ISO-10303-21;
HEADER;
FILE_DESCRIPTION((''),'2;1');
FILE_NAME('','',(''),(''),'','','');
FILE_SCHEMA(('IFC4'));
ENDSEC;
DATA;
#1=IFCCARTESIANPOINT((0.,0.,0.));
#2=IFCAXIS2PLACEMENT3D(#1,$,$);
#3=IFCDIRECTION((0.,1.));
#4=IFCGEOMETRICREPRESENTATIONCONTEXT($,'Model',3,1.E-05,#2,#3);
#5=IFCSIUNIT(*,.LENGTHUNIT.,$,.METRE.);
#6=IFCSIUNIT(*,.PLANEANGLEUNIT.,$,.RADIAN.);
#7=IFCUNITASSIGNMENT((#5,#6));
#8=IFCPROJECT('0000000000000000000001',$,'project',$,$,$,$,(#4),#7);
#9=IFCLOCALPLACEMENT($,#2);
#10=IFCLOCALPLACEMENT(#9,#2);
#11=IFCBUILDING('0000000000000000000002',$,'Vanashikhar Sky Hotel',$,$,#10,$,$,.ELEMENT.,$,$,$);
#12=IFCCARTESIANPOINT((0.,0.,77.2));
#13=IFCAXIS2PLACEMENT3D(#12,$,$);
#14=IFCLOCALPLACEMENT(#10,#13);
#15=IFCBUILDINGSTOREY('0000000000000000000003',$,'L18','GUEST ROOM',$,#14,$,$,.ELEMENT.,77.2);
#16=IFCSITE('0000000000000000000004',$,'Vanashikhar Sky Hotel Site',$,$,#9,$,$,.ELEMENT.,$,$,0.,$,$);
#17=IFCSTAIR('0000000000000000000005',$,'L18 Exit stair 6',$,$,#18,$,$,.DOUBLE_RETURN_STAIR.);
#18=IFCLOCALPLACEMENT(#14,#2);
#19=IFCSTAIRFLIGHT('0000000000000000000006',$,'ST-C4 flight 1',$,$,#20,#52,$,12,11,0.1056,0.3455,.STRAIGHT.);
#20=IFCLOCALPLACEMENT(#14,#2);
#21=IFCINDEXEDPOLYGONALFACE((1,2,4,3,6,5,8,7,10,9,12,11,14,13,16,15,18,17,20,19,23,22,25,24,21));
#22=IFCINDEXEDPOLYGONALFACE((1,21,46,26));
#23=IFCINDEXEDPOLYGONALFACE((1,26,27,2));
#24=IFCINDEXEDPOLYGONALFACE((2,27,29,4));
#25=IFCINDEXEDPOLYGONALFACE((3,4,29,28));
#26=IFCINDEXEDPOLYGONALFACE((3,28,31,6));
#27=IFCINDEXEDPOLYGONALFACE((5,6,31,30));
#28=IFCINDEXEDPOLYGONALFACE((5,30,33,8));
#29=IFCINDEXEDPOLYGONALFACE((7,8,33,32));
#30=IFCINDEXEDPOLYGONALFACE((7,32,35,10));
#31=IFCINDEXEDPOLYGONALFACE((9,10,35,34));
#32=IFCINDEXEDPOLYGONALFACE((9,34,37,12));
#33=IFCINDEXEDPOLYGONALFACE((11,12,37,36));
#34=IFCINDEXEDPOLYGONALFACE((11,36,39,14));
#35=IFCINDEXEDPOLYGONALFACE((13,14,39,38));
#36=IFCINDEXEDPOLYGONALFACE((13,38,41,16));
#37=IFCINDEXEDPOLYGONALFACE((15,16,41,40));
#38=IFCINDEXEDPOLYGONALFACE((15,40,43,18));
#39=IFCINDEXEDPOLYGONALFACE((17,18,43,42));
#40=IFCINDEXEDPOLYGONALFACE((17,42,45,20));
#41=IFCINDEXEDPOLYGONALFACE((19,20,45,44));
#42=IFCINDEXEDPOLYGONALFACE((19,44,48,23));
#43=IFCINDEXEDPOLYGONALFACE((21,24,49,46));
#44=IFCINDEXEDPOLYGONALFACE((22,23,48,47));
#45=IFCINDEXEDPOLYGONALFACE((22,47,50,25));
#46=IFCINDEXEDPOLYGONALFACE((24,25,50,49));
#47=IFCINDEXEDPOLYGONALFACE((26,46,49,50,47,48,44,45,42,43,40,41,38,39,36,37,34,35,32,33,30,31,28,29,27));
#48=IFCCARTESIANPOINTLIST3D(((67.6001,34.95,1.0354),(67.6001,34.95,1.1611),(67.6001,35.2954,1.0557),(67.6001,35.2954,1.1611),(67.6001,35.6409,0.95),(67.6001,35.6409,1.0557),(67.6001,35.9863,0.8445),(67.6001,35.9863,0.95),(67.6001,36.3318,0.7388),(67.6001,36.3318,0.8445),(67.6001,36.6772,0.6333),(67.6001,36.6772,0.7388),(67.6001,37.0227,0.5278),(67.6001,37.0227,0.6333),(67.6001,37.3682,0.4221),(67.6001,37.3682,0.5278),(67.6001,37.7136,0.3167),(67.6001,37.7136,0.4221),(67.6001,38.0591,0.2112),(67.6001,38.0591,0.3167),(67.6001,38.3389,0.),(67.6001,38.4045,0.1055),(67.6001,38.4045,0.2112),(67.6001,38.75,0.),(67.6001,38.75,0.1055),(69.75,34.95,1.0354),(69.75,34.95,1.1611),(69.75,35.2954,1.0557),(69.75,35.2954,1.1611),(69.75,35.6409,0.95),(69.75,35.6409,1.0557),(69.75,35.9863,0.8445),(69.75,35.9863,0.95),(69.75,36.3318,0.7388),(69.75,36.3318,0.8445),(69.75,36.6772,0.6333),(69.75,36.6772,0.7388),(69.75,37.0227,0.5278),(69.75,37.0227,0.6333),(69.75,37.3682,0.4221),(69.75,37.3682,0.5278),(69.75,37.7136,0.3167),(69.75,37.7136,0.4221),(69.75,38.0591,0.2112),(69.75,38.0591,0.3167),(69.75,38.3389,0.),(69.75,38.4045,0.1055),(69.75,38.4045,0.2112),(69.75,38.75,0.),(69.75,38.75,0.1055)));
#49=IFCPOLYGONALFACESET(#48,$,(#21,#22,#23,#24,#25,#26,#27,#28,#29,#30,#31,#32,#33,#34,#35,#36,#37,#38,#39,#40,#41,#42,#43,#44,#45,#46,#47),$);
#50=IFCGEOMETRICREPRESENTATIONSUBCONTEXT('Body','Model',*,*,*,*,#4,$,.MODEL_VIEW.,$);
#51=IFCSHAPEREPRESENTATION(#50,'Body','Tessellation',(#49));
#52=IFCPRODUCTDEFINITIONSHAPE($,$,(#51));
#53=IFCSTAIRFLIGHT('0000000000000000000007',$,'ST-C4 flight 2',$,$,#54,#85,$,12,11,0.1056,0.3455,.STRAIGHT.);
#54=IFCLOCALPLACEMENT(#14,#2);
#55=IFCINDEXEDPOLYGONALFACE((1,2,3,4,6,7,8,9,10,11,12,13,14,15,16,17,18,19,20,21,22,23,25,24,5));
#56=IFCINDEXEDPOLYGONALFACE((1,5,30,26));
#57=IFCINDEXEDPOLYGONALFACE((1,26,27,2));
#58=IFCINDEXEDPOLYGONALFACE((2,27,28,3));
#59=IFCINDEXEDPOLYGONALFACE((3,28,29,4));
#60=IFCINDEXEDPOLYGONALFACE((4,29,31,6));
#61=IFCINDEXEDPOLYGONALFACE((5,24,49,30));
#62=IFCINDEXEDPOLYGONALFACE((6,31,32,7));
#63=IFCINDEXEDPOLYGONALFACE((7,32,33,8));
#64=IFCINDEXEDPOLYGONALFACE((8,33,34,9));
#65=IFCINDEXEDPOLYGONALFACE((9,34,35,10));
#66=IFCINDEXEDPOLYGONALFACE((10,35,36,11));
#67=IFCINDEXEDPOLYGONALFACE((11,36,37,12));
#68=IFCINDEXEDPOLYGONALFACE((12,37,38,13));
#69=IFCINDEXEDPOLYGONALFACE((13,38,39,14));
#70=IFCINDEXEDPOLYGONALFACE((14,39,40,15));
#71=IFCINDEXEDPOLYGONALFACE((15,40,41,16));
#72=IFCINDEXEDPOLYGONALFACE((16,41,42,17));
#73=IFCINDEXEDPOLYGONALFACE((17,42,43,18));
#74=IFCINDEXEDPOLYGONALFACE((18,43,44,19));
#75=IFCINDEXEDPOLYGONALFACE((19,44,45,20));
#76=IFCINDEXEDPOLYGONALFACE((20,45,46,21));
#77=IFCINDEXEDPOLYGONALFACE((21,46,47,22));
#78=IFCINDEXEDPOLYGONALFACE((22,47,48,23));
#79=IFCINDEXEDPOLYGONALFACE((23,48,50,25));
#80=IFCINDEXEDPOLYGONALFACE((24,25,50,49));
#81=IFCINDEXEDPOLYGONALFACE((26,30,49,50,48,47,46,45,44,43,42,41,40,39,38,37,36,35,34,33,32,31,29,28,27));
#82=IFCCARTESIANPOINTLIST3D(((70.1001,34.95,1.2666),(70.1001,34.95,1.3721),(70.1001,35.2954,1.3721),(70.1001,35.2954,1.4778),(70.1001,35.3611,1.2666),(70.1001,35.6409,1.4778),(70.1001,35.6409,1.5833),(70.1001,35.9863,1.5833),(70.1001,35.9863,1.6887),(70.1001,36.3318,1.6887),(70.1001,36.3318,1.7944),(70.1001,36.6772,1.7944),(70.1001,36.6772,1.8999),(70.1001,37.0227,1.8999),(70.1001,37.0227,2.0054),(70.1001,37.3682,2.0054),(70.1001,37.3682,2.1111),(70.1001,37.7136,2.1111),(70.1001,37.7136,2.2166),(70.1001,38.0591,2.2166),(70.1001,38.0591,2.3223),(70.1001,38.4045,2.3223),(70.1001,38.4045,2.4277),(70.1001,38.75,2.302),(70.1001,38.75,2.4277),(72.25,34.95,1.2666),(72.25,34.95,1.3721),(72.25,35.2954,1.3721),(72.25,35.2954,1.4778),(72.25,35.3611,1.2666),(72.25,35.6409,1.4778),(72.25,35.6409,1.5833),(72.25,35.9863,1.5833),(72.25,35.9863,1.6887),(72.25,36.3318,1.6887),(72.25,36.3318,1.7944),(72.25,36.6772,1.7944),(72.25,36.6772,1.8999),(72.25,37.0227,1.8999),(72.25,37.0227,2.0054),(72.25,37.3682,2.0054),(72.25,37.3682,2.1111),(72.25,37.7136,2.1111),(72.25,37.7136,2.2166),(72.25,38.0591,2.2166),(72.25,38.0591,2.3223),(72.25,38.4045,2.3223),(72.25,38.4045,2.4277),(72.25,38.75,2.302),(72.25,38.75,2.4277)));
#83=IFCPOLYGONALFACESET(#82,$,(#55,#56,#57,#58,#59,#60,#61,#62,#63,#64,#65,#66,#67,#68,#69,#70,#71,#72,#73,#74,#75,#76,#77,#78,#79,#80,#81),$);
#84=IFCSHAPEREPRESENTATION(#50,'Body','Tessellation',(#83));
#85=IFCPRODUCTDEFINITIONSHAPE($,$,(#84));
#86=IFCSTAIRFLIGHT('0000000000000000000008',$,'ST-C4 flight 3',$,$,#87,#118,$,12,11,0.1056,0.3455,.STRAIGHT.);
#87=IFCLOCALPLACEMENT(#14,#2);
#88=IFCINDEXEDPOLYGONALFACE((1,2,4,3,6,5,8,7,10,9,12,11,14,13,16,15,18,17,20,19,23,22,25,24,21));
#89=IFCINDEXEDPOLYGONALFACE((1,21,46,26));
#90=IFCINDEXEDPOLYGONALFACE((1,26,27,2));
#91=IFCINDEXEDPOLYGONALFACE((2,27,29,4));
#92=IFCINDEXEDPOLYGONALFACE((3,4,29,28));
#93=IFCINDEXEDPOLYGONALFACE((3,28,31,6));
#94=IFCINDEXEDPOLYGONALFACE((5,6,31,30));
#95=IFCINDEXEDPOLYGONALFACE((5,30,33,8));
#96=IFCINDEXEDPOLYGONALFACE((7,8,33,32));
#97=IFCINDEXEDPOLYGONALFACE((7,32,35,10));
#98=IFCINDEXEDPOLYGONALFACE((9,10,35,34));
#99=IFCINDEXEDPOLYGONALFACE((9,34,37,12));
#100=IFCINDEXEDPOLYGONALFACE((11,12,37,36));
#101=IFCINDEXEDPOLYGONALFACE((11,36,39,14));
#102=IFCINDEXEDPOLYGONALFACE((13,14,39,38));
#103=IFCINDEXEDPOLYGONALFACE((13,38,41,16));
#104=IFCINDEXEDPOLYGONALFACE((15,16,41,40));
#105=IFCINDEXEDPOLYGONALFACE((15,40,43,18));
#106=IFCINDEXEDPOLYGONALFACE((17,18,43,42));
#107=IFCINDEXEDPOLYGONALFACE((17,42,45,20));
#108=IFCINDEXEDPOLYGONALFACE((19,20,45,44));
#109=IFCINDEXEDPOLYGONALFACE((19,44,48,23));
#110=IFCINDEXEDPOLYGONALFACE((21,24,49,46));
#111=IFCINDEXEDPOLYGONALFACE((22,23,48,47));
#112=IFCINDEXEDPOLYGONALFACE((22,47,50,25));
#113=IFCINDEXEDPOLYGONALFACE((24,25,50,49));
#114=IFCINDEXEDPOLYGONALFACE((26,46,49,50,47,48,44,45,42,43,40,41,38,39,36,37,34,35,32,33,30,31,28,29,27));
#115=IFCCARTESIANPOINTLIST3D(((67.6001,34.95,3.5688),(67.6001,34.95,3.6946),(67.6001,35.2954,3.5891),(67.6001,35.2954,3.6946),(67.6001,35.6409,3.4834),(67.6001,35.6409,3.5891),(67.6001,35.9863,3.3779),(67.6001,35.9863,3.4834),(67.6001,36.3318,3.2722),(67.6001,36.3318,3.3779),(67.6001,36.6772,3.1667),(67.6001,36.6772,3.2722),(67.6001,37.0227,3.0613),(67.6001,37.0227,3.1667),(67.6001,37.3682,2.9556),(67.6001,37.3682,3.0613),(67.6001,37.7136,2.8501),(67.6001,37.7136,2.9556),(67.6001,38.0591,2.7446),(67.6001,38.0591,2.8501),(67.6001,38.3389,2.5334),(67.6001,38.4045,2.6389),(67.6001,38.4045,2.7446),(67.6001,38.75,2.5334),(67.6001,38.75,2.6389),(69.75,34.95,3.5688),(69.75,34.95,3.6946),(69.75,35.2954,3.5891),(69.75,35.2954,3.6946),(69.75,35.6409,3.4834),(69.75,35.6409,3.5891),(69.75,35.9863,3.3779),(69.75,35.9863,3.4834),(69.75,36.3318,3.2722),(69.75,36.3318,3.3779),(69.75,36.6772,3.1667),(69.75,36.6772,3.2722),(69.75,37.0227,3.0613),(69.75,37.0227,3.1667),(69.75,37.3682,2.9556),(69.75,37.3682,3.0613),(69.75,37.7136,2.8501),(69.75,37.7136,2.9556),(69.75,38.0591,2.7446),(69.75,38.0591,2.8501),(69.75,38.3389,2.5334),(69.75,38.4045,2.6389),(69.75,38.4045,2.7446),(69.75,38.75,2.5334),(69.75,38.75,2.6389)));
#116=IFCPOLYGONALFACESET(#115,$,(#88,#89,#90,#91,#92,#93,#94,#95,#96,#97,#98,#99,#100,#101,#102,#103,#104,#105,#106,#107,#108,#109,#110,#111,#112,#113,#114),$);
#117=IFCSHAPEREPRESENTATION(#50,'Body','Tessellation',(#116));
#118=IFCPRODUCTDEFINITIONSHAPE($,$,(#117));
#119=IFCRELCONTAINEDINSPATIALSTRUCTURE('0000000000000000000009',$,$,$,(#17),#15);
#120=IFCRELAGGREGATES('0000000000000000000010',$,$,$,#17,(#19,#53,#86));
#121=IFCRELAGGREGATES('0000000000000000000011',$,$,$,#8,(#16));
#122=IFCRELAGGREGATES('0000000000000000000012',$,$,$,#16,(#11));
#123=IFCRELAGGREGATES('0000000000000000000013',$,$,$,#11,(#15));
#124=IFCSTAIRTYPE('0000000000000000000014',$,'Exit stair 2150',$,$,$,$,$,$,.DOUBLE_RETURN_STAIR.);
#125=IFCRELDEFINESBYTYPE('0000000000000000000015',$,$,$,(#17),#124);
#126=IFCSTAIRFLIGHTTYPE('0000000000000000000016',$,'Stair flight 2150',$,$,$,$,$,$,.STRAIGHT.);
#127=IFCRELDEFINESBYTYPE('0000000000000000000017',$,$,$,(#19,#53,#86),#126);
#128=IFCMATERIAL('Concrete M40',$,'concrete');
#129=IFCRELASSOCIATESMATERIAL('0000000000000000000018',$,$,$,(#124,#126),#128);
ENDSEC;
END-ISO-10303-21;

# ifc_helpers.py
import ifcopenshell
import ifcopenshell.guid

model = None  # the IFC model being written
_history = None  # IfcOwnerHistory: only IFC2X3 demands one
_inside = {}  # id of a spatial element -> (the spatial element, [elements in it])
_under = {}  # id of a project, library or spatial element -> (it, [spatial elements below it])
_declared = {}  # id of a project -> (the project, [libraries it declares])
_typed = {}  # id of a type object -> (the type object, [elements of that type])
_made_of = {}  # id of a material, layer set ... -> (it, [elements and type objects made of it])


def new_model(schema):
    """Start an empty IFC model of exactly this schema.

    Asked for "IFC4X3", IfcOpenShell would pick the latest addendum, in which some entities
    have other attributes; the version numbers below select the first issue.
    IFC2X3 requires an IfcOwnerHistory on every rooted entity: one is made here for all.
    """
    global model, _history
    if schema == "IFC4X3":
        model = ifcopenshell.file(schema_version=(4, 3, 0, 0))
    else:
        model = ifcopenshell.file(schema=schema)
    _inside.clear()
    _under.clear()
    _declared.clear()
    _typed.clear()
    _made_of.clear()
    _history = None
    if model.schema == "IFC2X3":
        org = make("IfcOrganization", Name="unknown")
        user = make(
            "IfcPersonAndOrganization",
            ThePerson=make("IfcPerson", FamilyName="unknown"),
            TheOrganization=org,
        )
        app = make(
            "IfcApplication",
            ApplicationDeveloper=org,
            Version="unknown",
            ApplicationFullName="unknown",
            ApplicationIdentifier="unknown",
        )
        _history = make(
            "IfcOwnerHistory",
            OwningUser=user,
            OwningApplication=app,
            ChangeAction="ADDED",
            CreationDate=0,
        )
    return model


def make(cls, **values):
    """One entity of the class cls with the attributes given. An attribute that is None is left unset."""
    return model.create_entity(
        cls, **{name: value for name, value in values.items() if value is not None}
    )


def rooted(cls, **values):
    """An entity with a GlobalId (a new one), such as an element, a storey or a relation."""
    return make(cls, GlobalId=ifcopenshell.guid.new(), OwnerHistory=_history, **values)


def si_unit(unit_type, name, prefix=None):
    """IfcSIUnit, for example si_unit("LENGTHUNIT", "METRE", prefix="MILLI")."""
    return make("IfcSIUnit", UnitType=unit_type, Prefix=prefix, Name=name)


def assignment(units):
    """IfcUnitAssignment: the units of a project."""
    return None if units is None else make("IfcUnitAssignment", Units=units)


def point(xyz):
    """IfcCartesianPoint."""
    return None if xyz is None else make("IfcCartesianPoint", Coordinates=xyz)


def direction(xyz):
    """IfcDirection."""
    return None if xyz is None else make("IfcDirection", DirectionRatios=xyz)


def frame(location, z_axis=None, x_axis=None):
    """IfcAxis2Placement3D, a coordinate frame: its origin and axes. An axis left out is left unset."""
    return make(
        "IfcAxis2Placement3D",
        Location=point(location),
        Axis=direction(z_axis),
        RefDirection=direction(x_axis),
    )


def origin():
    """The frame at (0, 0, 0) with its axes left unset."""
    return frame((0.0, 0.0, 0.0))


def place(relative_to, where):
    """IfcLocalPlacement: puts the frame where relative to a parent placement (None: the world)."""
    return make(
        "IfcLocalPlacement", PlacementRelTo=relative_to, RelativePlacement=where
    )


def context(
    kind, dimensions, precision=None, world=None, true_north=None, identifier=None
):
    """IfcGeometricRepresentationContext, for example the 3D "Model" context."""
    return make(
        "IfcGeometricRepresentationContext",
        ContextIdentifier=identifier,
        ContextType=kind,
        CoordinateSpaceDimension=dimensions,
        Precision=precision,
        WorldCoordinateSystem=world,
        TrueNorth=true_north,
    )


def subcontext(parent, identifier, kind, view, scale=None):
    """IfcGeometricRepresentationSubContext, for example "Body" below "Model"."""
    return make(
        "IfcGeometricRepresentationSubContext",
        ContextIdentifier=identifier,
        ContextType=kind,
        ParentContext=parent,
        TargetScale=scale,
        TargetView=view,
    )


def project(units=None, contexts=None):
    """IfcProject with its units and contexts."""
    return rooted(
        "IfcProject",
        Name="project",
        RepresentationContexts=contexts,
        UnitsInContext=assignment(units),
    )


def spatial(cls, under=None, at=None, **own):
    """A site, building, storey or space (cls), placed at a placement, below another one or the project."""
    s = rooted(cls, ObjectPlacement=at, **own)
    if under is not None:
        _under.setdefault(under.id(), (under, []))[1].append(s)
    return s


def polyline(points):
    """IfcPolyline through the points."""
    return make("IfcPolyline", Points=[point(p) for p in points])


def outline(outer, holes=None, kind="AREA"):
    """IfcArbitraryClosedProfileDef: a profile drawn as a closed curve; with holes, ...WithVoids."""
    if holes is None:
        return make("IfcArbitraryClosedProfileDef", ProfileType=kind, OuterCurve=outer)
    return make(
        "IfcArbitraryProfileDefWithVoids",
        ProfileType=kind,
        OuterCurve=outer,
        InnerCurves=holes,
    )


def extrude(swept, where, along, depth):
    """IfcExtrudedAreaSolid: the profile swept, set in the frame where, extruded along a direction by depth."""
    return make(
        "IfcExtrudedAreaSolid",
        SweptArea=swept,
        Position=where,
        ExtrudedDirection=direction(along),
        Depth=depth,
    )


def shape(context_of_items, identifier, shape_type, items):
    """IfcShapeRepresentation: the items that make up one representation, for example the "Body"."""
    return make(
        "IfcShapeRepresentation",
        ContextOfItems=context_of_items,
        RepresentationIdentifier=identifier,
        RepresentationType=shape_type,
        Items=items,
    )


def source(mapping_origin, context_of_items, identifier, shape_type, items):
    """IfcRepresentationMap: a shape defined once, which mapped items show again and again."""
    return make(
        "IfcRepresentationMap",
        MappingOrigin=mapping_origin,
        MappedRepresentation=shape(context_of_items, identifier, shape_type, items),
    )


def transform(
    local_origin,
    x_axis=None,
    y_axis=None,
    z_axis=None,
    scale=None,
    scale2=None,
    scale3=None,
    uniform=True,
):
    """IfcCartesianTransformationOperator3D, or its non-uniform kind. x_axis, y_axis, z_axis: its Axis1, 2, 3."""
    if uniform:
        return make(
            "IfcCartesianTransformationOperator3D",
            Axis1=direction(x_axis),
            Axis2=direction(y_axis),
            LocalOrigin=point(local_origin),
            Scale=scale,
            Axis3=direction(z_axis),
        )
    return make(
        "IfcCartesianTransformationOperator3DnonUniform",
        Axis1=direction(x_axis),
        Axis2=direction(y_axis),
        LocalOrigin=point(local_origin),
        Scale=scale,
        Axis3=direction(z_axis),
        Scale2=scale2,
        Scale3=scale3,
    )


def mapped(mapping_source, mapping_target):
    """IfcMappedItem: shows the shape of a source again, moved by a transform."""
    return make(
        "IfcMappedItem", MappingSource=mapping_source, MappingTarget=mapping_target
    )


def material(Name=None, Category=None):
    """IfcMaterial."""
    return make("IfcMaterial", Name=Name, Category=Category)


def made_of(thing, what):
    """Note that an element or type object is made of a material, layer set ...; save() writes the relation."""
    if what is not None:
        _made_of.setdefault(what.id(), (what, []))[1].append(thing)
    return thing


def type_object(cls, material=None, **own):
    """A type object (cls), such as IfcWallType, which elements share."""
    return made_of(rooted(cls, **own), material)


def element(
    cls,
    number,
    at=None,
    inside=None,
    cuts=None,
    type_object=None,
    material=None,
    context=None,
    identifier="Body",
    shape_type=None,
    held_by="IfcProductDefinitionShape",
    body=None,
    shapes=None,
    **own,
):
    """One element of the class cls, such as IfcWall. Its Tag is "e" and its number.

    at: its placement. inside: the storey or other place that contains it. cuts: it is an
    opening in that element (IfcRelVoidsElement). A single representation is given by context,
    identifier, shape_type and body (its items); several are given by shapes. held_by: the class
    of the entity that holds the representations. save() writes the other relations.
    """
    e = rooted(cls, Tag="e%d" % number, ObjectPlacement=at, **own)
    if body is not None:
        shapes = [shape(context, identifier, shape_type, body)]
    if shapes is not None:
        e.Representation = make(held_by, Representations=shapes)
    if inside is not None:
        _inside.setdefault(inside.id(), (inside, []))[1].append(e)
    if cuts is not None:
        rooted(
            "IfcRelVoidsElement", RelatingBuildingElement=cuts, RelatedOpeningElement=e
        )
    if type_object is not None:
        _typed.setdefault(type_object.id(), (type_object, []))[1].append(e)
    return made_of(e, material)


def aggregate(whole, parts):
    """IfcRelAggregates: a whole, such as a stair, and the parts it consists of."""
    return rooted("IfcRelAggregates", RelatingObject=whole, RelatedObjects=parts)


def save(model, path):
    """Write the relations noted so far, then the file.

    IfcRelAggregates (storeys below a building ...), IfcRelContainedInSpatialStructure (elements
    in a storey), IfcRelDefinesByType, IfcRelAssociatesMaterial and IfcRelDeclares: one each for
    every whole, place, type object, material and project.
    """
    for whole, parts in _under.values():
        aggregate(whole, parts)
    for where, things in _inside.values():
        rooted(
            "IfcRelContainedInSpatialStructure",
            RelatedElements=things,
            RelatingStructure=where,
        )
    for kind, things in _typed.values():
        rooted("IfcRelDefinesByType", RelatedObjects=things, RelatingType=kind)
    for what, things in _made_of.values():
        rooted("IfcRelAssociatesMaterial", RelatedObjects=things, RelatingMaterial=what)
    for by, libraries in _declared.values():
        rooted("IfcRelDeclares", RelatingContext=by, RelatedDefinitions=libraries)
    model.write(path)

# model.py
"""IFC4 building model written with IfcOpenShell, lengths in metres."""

from ifc_helpers import new_model, si_unit, direction, frame, origin, place, context, subcontext, project, spatial, polyline, outline, extrude, source, transform, mapped, material, type_object, element, aggregate, save


model = new_model("IFC4")

# Units and contexts
model_context = context("Model", 3, precision=1e-05, world=origin(), true_north=direction((0.0, 1.0)))
body_context = subcontext(model_context, "Body", "Model", "MODEL_VIEW")
ifc_project = project(units=[si_unit("LENGTHUNIT", "METRE"), si_unit("PLANEANGLEUNIT", "RADIAN")], contexts=[model_context])

# Site, building, storey
site_placement = place(None, origin())
site = spatial("IfcSite", under=ifc_project, at=site_placement, Name="Vanashikhar Sky Hotel Site", CompositionType="ELEMENT", RefElevation=0.0)
building_placement = place(site_placement, origin())
building = spatial("IfcBuilding", under=site, at=building_placement, Name="Vanashikhar Sky Hotel", CompositionType="ELEMENT")
storey_placement = place(building_placement, frame((0.0, 0.0, 77.2)))
storey = spatial("IfcBuildingStorey", under=building, at=storey_placement, Name="L18", Description="GUEST ROOM", CompositionType="ELEMENT", Elevation=77.2)

# Shared definitions
ifc_material_1 = material(Name="Concrete M40", Category="concrete")

# Stair, stair flights
stair_type = type_object("IfcStairType", Name="Exit stair 2150", PredefinedType="DOUBLE_RETURN_STAIR", material=ifc_material_1)
stair_flight_type = type_object("IfcStairFlightType", Name="Stair flight 2150", PredefinedType="STRAIGHT", material=ifc_material_1)
shared_shape_1 = source(origin(), body_context, "Body", "SweptSolid", [
    extrude(outline(polyline([(0.0, 0.0), (0.0, 0.1055), (0.3455, 0.1055), (0.3455, 0.2112), (0.6909, 0.2112), (0.6909, 0.3167), (1.0364, 0.3167), (1.0364, 0.4221), (1.3818, 0.4221), (1.3818, 0.5278), (1.7273, 0.5278), (1.7273, 0.6333), (2.0728, 0.6333), (2.0728, 0.7388), (2.4182, 0.7388), (2.4182, 0.8445), (2.7637, 0.8445), (2.7637, 0.95), (3.1091, 0.95), (3.1091, 1.0557), (3.4546, 1.0557), (3.4546, 1.1611), (3.8, 1.1611), (3.8, 1.2666), (3.8, 1.0354), (0.4111, 0.0), (0.0, 0.0)])), frame((0.0, 1.075, 0.0), z_axis=(0.0, -1.0, 0.0), x_axis=(1.0, 0.0, 0.0)), (0.0, 0.0, 1.0), 2.1499),
])
stair_1_placement = place(storey_placement, origin())
stair_1 = element("IfcStair", 1, at=stair_1_placement, inside=storey, type_object=stair_type, Name="L18 Exit stair 6", PredefinedType="DOUBLE_RETURN_STAIR")
stair_flight_1_placement = place(storey_placement, frame((68.675, 38.75, 0.0), z_axis=(0.0, 0.0, 1.0), x_axis=(0.0, -1.0, 0.0)))
stair_flight_1 = element("IfcStairFlight", 2, at=stair_flight_1_placement, type_object=stair_flight_type, Name="ST-C4 flight 1", NumberOfRisers=12, NumberOfTreads=11, PredefinedType="STRAIGHT", RiserHeight=0.1056, TreadLength=0.3455, context=body_context, shape_type="MappedRepresentation", body=[
    mapped(shared_shape_1, transform((0.0, 0.0, 0.0), scale=1.0)),
])
stair_flight_2_placement = place(storey_placement, frame((71.175, 34.95, 1.2666), z_axis=(0.0, 0.0, 1.0), x_axis=(0.0, 1.0, 0.0)))
stair_flight_2 = element("IfcStairFlight", 3, at=stair_flight_2_placement, type_object=stair_flight_type, Name="ST-C4 flight 2", NumberOfRisers=12, NumberOfTreads=11, PredefinedType="STRAIGHT", RiserHeight=0.1056, TreadLength=0.3455, context=body_context, shape_type="MappedRepresentation", body=[
    mapped(shared_shape_1, transform((0.0, 0.0, 0.0), scale=1.0)),
])
stair_flight_3_placement = place(storey_placement, frame((68.675, 38.75, 2.5334), z_axis=(0.0, 0.0, 1.0), x_axis=(0.0, -1.0, 0.0)))
stair_flight_3 = element("IfcStairFlight", 4, at=stair_flight_3_placement, type_object=stair_flight_type, Name="ST-C4 flight 3", NumberOfRisers=12, NumberOfTreads=11, PredefinedType="STRAIGHT", RiserHeight=0.1056, TreadLength=0.3455, context=body_context, shape_type="MappedRepresentation", body=[
    mapped(shared_shape_1, transform((0.0, 0.0, 0.0), scale=1.0)),
])
aggregate(stair_1, [stair_flight_1, stair_flight_2, stair_flight_3])

save(model, "model.ifc")
